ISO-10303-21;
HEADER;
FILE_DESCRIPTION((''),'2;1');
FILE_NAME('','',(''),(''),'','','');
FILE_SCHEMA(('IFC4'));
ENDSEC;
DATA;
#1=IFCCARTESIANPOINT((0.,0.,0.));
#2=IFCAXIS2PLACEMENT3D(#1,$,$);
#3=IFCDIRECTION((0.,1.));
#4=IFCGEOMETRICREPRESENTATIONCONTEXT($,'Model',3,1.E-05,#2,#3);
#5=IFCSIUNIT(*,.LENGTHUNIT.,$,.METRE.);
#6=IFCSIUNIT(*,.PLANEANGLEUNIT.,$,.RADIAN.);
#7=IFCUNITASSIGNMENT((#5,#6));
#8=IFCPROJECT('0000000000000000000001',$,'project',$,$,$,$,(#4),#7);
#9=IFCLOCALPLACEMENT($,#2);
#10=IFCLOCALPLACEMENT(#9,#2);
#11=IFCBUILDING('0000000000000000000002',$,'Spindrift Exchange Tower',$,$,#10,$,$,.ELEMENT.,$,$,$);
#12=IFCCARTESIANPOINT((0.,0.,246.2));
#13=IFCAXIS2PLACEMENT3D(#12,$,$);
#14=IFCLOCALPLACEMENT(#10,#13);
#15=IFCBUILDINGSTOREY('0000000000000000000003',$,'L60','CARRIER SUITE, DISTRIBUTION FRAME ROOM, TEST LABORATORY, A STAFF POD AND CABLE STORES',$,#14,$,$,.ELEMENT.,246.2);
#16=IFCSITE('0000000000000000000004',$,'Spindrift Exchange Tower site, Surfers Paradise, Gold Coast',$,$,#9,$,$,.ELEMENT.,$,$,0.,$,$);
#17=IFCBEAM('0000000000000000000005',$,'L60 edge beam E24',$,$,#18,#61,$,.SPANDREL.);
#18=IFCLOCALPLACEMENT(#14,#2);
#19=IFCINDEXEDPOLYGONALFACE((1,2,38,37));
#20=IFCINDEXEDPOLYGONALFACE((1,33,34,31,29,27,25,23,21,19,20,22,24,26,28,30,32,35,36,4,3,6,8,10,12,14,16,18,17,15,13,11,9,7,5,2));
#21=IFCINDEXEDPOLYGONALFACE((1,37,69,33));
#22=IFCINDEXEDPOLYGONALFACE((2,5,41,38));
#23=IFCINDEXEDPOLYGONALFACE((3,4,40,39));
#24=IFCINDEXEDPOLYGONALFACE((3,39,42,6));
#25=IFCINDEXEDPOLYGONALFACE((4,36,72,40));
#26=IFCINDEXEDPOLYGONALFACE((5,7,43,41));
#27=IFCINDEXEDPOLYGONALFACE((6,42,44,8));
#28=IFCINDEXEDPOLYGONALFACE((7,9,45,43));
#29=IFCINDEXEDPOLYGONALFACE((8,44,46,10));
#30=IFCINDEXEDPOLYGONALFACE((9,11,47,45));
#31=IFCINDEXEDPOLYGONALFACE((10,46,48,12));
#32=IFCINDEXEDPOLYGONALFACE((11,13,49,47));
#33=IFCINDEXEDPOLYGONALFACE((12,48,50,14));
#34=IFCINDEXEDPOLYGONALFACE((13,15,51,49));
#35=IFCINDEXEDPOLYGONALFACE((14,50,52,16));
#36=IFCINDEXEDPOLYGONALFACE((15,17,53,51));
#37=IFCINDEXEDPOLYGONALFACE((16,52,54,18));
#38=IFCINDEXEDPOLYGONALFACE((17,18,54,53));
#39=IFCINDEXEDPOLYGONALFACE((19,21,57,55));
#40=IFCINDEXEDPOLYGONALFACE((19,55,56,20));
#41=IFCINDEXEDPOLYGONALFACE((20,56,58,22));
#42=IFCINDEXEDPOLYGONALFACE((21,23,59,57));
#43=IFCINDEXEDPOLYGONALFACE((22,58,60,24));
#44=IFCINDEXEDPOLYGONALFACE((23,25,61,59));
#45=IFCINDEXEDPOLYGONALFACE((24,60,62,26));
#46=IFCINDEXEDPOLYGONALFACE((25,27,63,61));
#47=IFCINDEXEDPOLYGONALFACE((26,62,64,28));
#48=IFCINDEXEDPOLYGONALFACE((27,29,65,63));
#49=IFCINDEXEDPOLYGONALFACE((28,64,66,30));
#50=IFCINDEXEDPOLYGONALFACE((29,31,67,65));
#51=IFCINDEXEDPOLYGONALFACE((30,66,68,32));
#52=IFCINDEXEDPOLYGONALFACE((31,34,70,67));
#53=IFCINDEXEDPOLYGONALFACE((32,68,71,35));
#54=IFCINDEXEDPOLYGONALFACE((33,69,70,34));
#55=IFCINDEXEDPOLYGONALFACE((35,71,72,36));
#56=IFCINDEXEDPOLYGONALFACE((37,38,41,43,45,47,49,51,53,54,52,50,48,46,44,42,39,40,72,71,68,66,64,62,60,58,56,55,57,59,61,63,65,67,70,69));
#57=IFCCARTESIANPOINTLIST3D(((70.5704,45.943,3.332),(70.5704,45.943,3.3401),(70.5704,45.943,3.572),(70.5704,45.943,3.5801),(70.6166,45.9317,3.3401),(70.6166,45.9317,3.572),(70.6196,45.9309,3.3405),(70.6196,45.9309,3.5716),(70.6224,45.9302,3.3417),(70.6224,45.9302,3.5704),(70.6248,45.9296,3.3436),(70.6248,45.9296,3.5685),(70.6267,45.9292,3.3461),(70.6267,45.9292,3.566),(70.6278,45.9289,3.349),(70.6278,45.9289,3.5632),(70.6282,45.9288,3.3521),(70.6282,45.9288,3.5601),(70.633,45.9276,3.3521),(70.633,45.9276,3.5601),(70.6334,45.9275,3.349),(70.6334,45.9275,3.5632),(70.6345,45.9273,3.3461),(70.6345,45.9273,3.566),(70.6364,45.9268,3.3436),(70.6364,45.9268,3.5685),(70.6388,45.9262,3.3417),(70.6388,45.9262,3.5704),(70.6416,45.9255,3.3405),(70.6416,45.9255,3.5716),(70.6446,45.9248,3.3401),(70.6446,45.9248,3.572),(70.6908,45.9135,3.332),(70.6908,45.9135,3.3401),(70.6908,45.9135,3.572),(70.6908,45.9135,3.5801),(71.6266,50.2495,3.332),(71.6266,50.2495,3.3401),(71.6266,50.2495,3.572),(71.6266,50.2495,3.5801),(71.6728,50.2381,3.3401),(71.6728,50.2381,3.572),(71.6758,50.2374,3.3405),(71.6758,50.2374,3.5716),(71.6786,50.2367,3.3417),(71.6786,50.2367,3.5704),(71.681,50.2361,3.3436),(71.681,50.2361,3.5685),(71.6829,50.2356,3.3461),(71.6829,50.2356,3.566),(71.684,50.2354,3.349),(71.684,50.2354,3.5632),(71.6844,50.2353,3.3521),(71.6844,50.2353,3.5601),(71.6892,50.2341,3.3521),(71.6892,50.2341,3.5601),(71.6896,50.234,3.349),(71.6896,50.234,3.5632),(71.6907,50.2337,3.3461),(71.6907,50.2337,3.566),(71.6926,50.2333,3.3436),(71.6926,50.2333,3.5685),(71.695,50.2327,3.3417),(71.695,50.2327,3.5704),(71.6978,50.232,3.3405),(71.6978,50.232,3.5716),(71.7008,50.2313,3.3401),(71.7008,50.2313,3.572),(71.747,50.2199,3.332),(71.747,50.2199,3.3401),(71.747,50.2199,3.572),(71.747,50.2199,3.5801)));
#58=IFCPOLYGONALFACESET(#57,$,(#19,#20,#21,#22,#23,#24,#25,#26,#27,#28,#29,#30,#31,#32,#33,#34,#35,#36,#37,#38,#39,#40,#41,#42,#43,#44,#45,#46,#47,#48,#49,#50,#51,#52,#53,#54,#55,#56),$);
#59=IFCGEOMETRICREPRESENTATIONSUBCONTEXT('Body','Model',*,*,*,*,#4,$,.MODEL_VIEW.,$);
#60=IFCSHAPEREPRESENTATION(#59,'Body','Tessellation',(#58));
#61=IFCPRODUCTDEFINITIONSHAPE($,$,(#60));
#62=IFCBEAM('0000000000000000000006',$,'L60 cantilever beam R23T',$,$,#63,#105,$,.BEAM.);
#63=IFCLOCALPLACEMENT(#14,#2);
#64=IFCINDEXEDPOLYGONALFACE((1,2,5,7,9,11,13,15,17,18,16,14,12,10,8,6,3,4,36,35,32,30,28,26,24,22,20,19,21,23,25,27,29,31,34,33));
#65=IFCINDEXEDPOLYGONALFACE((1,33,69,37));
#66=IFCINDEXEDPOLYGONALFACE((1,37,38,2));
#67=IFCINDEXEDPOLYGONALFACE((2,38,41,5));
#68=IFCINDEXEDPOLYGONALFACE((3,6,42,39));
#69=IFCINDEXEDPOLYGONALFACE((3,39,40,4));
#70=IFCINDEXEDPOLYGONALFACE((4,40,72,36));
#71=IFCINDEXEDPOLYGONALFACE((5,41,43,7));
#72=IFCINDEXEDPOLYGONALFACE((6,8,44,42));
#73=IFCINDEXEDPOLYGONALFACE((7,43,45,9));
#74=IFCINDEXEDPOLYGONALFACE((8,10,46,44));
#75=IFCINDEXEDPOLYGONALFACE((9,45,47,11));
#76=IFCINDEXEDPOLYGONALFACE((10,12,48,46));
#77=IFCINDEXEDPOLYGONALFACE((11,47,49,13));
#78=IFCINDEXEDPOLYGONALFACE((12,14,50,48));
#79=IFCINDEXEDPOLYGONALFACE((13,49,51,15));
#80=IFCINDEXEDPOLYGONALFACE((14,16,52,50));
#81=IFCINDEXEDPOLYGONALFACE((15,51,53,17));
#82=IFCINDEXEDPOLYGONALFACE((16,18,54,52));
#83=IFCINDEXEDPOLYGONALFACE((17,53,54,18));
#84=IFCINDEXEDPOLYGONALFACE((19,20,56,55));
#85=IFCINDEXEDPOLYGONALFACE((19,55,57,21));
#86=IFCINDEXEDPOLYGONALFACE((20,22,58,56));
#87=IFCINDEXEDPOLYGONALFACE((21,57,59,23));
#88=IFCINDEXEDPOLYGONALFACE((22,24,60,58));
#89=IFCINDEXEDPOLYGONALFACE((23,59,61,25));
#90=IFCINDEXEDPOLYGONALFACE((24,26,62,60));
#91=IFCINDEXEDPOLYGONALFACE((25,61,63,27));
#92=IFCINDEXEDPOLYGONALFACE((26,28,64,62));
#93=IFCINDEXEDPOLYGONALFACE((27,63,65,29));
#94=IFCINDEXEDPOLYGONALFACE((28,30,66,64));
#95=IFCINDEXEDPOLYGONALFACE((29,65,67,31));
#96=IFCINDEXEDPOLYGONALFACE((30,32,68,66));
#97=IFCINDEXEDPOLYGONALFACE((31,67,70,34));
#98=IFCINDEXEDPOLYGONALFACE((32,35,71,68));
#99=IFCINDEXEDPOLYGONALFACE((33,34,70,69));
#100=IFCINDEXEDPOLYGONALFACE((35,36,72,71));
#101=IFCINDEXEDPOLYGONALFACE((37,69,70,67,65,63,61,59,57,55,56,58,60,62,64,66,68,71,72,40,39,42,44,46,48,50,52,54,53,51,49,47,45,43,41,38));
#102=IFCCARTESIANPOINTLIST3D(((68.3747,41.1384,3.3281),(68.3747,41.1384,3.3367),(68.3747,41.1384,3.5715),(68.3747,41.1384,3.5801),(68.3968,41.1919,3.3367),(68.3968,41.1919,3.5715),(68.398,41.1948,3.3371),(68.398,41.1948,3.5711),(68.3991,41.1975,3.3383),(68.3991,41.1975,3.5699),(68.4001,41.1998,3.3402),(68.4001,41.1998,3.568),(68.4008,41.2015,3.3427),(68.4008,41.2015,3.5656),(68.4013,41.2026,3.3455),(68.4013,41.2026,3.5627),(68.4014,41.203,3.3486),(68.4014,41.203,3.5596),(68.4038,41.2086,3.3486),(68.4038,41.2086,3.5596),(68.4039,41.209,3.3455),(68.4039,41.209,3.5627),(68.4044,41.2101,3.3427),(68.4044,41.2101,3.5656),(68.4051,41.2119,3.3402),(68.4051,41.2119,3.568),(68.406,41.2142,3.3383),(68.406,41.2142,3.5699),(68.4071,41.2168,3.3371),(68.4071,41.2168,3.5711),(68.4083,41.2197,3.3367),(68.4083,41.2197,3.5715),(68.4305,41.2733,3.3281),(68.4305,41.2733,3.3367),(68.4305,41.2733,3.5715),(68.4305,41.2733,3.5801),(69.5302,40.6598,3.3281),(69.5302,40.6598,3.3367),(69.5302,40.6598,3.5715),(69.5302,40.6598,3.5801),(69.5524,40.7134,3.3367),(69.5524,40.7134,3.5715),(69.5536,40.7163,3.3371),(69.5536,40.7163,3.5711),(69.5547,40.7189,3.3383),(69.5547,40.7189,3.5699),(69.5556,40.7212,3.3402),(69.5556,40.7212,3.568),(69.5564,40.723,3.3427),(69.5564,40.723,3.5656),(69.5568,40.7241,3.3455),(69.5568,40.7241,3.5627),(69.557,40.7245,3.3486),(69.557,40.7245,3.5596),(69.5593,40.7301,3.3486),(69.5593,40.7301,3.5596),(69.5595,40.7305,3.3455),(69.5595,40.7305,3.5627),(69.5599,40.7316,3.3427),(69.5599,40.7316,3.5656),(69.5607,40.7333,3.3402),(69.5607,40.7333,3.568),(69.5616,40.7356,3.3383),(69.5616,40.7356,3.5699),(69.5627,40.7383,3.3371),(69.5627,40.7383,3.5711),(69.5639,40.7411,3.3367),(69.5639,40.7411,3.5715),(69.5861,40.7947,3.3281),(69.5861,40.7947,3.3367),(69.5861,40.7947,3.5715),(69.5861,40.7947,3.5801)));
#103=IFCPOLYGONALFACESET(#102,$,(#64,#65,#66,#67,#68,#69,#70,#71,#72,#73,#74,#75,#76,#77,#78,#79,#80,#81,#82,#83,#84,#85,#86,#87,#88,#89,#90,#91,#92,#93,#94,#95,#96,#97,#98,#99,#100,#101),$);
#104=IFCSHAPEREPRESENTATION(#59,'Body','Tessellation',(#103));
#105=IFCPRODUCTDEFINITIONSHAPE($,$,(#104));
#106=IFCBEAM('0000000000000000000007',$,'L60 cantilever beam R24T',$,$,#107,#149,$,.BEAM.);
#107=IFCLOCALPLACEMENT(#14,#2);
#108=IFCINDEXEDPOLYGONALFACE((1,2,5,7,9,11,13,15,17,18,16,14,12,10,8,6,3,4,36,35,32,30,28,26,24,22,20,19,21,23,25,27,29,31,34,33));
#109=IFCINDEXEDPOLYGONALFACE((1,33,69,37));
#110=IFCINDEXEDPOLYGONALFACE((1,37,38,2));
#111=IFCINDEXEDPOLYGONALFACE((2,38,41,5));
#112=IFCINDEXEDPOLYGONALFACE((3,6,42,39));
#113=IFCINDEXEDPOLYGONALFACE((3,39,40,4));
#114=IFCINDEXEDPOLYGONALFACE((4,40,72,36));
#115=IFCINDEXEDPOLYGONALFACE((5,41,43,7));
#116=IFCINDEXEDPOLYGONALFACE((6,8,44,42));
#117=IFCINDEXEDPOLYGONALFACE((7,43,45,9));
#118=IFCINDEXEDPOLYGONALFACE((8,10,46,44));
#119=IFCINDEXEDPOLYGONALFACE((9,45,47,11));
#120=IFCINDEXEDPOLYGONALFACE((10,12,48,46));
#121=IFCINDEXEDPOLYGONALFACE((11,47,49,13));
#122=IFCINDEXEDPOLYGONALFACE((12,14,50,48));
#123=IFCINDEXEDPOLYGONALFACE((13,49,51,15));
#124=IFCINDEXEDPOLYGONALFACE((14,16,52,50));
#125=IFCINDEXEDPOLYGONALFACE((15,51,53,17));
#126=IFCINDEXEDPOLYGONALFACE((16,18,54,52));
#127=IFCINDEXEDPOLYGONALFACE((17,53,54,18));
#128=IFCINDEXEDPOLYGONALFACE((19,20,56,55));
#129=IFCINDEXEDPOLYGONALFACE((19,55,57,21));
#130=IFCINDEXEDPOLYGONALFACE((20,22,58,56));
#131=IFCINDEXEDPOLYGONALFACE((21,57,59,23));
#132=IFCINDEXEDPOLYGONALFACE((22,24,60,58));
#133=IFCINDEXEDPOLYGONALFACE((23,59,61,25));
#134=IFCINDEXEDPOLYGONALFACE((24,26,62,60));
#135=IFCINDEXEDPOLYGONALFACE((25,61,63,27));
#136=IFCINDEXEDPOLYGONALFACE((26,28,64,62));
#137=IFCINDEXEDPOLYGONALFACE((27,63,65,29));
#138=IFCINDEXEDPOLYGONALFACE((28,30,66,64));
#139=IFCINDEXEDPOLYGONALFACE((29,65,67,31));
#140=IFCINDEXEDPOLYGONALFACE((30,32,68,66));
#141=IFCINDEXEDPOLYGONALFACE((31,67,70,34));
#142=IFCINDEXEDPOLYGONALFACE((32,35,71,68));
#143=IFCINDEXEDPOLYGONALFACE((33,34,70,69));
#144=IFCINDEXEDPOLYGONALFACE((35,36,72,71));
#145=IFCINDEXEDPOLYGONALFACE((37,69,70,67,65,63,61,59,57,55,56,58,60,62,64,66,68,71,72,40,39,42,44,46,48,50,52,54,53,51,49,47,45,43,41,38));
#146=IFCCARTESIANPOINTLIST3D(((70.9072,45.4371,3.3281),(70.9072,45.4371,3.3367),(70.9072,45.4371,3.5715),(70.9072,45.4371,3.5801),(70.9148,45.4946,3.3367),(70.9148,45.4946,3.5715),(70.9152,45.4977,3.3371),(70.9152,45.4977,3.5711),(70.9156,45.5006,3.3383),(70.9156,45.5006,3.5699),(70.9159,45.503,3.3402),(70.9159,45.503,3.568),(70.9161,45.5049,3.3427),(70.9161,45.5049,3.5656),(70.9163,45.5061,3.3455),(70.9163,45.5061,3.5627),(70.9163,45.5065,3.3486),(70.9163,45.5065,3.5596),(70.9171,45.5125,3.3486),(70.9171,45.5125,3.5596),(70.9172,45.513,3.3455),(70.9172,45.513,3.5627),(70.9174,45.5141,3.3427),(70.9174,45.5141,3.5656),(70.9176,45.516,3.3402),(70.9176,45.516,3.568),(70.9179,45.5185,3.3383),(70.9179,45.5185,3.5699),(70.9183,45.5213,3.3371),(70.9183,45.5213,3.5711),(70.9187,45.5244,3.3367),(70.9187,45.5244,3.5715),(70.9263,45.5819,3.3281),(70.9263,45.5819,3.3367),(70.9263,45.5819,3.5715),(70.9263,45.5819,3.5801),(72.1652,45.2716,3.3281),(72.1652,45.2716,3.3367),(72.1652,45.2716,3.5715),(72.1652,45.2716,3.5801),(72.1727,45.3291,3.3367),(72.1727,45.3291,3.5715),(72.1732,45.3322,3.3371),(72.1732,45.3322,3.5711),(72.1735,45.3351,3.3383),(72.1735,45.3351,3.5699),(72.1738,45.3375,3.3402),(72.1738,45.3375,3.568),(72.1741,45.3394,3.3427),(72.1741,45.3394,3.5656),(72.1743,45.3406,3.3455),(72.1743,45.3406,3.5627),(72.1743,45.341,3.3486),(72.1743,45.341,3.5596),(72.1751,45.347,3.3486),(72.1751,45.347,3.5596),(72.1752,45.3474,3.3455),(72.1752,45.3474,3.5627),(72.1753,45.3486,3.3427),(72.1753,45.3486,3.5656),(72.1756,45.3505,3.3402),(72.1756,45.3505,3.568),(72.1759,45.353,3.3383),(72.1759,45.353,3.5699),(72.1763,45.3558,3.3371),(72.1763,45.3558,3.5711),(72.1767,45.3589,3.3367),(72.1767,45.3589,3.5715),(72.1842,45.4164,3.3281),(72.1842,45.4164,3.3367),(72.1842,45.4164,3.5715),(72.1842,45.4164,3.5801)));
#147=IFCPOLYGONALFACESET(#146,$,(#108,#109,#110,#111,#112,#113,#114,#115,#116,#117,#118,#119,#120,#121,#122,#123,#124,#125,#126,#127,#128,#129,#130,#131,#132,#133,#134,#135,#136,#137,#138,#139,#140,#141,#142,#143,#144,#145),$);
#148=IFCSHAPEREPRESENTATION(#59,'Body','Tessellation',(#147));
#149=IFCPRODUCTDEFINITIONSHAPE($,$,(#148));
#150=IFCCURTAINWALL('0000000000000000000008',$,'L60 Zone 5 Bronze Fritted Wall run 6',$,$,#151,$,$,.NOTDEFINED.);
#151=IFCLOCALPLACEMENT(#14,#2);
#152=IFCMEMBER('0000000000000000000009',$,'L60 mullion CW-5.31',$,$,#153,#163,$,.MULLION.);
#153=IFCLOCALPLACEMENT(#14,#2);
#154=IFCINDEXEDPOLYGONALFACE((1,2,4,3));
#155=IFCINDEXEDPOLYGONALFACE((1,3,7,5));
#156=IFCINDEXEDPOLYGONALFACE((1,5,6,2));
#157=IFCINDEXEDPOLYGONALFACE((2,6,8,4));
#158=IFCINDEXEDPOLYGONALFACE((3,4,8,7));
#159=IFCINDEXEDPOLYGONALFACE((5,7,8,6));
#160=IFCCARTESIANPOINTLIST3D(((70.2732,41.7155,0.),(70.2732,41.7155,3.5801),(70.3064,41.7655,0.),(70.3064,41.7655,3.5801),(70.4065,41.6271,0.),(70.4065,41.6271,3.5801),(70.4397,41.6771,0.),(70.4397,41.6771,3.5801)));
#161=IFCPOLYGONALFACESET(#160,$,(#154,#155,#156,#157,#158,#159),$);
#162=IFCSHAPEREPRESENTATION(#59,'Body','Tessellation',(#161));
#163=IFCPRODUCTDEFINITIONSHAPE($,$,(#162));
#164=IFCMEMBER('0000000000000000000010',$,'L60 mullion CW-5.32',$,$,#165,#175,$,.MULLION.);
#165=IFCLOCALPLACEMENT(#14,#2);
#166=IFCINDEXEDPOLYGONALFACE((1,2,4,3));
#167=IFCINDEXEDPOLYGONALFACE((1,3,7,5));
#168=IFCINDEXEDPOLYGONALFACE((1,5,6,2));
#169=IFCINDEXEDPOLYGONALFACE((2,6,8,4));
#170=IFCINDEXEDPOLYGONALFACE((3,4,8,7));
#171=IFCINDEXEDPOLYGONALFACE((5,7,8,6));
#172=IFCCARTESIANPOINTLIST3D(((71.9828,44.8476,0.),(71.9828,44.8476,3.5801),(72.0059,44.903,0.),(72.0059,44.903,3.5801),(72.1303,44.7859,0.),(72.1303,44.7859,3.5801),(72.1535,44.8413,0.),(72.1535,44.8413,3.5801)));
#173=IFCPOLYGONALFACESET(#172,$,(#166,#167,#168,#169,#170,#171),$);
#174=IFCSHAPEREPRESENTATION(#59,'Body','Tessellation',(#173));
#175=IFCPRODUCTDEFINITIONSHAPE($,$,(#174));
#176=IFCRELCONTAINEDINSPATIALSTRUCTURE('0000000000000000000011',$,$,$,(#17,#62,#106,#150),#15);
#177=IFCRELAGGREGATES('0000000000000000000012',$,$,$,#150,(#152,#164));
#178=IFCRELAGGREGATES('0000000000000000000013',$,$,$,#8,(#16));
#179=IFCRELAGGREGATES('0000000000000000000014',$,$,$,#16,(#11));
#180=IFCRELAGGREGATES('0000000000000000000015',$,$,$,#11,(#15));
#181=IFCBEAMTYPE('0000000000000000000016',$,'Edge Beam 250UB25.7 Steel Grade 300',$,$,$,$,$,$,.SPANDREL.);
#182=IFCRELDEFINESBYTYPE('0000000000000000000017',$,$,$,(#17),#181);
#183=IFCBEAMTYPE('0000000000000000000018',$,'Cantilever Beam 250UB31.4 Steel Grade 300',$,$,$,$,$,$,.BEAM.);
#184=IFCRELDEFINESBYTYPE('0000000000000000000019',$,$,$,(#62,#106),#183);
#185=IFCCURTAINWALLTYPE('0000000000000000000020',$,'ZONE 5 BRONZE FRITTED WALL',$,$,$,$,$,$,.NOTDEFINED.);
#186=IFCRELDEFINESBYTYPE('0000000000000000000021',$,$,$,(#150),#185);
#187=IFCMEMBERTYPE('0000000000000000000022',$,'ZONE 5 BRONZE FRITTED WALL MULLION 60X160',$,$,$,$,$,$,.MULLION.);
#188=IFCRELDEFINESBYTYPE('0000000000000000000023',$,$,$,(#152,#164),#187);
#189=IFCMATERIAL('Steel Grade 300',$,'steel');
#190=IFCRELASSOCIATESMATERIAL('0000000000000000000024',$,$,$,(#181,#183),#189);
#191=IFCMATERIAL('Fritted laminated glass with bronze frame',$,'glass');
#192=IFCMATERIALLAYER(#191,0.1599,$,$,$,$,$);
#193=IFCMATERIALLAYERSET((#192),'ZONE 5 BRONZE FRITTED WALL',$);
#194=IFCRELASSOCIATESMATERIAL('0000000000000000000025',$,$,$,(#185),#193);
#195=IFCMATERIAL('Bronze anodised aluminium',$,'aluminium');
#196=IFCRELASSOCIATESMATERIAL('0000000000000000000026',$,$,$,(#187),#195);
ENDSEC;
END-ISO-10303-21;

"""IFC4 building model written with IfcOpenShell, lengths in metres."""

from ifc_helpers import new_model, si_unit, direction, frame, origin, origin_2d, place, context, subcontext, project, spatial, rectangle, i_section, extrude, source, transform, mapped, material, layer, layer_set, material_profile, profile_set, type_object, element, aggregate, save


model = new_model("IFC4")

# Units and contexts
model_context = context("Model", 3, precision=1e-05, world=origin(), true_north=direction((0.0, 1.0)))
body_context = subcontext(model_context, "Body", "Model", "MODEL_VIEW")
ifc_project = project(units=[si_unit("LENGTHUNIT", "METRE"), si_unit("PLANEANGLEUNIT", "RADIAN")], contexts=[model_context])

# Site, building, storey
site_placement = place(None, origin())
site = spatial("IfcSite", under=ifc_project, at=site_placement, Name="Spindrift Exchange Tower site, Surfers Paradise, Gold Coast", CompositionType="ELEMENT", RefElevation=0.0)
building_placement = place(site_placement, origin())
building = spatial("IfcBuilding", under=site, at=building_placement, Name="Spindrift Exchange Tower", CompositionType="ELEMENT")
storey_placement = place(building_placement, frame((0.0, 0.0, 246.2)))
storey = spatial("IfcBuildingStorey", under=building, at=storey_placement, Name="L60", Description="CARRIER SUITE, DISTRIBUTION FRAME ROOM, TEST LABORATORY, A STAFF POD AND CABLE STORES", CompositionType="ELEMENT", Elevation=246.2)

# Beams
ifc_material_1 = material(Name="Steel Grade 300", Category="steel")
ifc_material_profile_1 = material_profile(ifc_material_1, i_section(OverallWidth=0.124, OverallDepth=0.248, WebThickness=0.0049, FlangeThickness=0.0081, FilletRadius=0.012, at=origin_2d()), Name="250UB25.7")
ifc_profile_set_1 = profile_set([ifc_material_profile_1], Name="Steel Grade 300")
beam_type_1 = type_object("IfcBeamType", Name="Edge Beam 250UB25.7 Steel Grade 300", PredefinedType="SPANDREL", material=ifc_profile_set_1)
shared_shape_1 = source(origin(), body_context, "Body", "SweptSolid", [
    extrude(i_section(OverallWidth=0.124, OverallDepth=0.248, WebThickness=0.0049, FlangeThickness=0.0081, FilletRadius=0.012, at=origin_2d()), origin(), (0.0, 0.0, 1.0), 4.4341),
])
beam_1_placement = place(storey_placement, frame((70.6306, 45.9282, 3.4561), z_axis=(0.238193, 0.971218, 0.0), x_axis=(-0.971218, 0.238193, 0.0)))
element("IfcBeam", 1, at=beam_1_placement, inside=storey, type_object=beam_type_1, Name="L60 edge beam E24", PredefinedType="SPANDREL", context=body_context, shape_type="MappedRepresentation", body=[
    mapped(shared_shape_1, transform((0.0, 0.0, 0.0), scale=1.0)),
])
ifc_material_profile_2 = material_profile(ifc_material_1, i_section(OverallWidth=0.146, OverallDepth=0.252, WebThickness=0.0061, FlangeThickness=0.0085, FilletRadius=0.012, at=origin_2d()), Name="250UB31.4")
ifc_profile_set_2 = profile_set([ifc_material_profile_2], Name="Steel Grade 300")
beam_type_2 = type_object("IfcBeamType", Name="Cantilever Beam 250UB31.4 Steel Grade 300", PredefinedType="BEAM", material=ifc_profile_set_2)
shared_shape_2 = source(origin(), body_context, "Body", "SweptSolid", [
    extrude(i_section(OverallWidth=0.146, OverallDepth=0.252, WebThickness=0.0061, FlangeThickness=0.0085, FilletRadius=0.012, at=origin_2d()), origin(), (0.0, 0.0, 1.0), 1.2507),
])
beam_2_placement = place(storey_placement, frame((68.4026, 41.2058, 3.4541), z_axis=(0.923912, -0.382605, 0.0), x_axis=(0.382605, 0.923912, 0.0)))
element("IfcBeam", 2, at=beam_2_placement, inside=storey, type_object=beam_type_2, Name="L60 cantilever beam R23T", PredefinedType="BEAM", context=body_context, shape_type="MappedRepresentation", body=[
    mapped(shared_shape_2, transform((0.0, 0.0, 0.0), scale=1.0)),
])
shared_shape_3 = source(origin(), body_context, "Body", "SweptSolid", [
    extrude(i_section(OverallWidth=0.146, OverallDepth=0.252, WebThickness=0.0061, FlangeThickness=0.0085, FilletRadius=0.012, at=origin_2d()), origin(), (0.0, 0.0, 1.0), 1.2688),
])
beam_3_placement = place(storey_placement, frame((70.9167, 45.5095, 3.4541), z_axis=(0.991455, -0.13045, 0.0), x_axis=(0.13045, 0.991455, 0.0)))
element("IfcBeam", 3, at=beam_3_placement, inside=storey, type_object=beam_type_2, Name="L60 cantilever beam R24T", PredefinedType="BEAM", context=body_context, shape_type="MappedRepresentation", body=[
    mapped(shared_shape_3, transform((0.0, 0.0, 0.0), scale=1.0)),
])

# Curtain wall, members
ifc_material_2 = material(Name="Fritted laminated glass with bronze frame", Category="glass")
ifc_layer_1 = layer(ifc_material_2, 0.1599)
ifc_layer_set_1 = layer_set([ifc_layer_1], Name="ZONE 5 BRONZE FRITTED WALL")
curtain_wall_type = type_object("IfcCurtainWallType", Name="ZONE 5 BRONZE FRITTED WALL", PredefinedType="NOTDEFINED", material=ifc_layer_set_1)
curtain_wall_1_placement = place(storey_placement, origin())
curtain_wall_1 = element("IfcCurtainWall", 4, at=curtain_wall_1_placement, inside=storey, type_object=curtain_wall_type, Name="L60 Zone 5 Bronze Fritted Wall run 6", PredefinedType="NOTDEFINED")
ifc_material_3 = material(Name="Bronze anodised aluminium", Category="aluminium")
ifc_material_profile_3 = material_profile(ifc_material_3, rectangle(XDim=0.0601, YDim=0.1599, at=origin_2d()), Name="ZONE 5 BRONZE FRITTED WALL MULLION 60X160")
ifc_profile_set_3 = profile_set([ifc_material_profile_3], Name="Bronze anodised aluminium")
member_type_1 = type_object("IfcMemberType", Name="ZONE 5 BRONZE FRITTED WALL MULLION 60X160", PredefinedType="MULLION", material=ifc_profile_set_3)
shared_shape_4 = source(origin(), body_context, "Body", "SweptSolid", [
    extrude(rectangle(XDim=0.0601, YDim=0.1599, at=origin_2d()), origin(), (0.0, 0.0, 1.0), 3.5801),
])
member_1_placement = place(storey_placement, frame((70.3564, 41.6963, 0.0), z_axis=(0.0, 0.0, 1.0), x_axis=(0.552995, 0.833184, 0.0)))
member_1 = element("IfcMember", 5, at=member_1_placement, type_object=member_type_1, Name="L60 mullion CW-5.31", PredefinedType="MULLION", context=body_context, shape_type="MappedRepresentation", body=[
    mapped(shared_shape_4, transform((0.0, 0.0, 0.0), scale=1.0)),
])
member_2_placement = place(storey_placement, frame((72.0681, 44.8445, 0.0), z_axis=(0.0, 0.0, 1.0), x_axis=(0.385844, 0.922564, 0.0)))
member_2 = element("IfcMember", 6, at=member_2_placement, type_object=member_type_1, Name="L60 mullion CW-5.32", PredefinedType="MULLION", context=body_context, shape_type="MappedRepresentation", body=[
    mapped(shared_shape_4, transform((0.0, 0.0, 0.0), scale=1.0)),
])

aggregate(curtain_wall_1, [member_1, member_2])

save(model, "model.ifc")
